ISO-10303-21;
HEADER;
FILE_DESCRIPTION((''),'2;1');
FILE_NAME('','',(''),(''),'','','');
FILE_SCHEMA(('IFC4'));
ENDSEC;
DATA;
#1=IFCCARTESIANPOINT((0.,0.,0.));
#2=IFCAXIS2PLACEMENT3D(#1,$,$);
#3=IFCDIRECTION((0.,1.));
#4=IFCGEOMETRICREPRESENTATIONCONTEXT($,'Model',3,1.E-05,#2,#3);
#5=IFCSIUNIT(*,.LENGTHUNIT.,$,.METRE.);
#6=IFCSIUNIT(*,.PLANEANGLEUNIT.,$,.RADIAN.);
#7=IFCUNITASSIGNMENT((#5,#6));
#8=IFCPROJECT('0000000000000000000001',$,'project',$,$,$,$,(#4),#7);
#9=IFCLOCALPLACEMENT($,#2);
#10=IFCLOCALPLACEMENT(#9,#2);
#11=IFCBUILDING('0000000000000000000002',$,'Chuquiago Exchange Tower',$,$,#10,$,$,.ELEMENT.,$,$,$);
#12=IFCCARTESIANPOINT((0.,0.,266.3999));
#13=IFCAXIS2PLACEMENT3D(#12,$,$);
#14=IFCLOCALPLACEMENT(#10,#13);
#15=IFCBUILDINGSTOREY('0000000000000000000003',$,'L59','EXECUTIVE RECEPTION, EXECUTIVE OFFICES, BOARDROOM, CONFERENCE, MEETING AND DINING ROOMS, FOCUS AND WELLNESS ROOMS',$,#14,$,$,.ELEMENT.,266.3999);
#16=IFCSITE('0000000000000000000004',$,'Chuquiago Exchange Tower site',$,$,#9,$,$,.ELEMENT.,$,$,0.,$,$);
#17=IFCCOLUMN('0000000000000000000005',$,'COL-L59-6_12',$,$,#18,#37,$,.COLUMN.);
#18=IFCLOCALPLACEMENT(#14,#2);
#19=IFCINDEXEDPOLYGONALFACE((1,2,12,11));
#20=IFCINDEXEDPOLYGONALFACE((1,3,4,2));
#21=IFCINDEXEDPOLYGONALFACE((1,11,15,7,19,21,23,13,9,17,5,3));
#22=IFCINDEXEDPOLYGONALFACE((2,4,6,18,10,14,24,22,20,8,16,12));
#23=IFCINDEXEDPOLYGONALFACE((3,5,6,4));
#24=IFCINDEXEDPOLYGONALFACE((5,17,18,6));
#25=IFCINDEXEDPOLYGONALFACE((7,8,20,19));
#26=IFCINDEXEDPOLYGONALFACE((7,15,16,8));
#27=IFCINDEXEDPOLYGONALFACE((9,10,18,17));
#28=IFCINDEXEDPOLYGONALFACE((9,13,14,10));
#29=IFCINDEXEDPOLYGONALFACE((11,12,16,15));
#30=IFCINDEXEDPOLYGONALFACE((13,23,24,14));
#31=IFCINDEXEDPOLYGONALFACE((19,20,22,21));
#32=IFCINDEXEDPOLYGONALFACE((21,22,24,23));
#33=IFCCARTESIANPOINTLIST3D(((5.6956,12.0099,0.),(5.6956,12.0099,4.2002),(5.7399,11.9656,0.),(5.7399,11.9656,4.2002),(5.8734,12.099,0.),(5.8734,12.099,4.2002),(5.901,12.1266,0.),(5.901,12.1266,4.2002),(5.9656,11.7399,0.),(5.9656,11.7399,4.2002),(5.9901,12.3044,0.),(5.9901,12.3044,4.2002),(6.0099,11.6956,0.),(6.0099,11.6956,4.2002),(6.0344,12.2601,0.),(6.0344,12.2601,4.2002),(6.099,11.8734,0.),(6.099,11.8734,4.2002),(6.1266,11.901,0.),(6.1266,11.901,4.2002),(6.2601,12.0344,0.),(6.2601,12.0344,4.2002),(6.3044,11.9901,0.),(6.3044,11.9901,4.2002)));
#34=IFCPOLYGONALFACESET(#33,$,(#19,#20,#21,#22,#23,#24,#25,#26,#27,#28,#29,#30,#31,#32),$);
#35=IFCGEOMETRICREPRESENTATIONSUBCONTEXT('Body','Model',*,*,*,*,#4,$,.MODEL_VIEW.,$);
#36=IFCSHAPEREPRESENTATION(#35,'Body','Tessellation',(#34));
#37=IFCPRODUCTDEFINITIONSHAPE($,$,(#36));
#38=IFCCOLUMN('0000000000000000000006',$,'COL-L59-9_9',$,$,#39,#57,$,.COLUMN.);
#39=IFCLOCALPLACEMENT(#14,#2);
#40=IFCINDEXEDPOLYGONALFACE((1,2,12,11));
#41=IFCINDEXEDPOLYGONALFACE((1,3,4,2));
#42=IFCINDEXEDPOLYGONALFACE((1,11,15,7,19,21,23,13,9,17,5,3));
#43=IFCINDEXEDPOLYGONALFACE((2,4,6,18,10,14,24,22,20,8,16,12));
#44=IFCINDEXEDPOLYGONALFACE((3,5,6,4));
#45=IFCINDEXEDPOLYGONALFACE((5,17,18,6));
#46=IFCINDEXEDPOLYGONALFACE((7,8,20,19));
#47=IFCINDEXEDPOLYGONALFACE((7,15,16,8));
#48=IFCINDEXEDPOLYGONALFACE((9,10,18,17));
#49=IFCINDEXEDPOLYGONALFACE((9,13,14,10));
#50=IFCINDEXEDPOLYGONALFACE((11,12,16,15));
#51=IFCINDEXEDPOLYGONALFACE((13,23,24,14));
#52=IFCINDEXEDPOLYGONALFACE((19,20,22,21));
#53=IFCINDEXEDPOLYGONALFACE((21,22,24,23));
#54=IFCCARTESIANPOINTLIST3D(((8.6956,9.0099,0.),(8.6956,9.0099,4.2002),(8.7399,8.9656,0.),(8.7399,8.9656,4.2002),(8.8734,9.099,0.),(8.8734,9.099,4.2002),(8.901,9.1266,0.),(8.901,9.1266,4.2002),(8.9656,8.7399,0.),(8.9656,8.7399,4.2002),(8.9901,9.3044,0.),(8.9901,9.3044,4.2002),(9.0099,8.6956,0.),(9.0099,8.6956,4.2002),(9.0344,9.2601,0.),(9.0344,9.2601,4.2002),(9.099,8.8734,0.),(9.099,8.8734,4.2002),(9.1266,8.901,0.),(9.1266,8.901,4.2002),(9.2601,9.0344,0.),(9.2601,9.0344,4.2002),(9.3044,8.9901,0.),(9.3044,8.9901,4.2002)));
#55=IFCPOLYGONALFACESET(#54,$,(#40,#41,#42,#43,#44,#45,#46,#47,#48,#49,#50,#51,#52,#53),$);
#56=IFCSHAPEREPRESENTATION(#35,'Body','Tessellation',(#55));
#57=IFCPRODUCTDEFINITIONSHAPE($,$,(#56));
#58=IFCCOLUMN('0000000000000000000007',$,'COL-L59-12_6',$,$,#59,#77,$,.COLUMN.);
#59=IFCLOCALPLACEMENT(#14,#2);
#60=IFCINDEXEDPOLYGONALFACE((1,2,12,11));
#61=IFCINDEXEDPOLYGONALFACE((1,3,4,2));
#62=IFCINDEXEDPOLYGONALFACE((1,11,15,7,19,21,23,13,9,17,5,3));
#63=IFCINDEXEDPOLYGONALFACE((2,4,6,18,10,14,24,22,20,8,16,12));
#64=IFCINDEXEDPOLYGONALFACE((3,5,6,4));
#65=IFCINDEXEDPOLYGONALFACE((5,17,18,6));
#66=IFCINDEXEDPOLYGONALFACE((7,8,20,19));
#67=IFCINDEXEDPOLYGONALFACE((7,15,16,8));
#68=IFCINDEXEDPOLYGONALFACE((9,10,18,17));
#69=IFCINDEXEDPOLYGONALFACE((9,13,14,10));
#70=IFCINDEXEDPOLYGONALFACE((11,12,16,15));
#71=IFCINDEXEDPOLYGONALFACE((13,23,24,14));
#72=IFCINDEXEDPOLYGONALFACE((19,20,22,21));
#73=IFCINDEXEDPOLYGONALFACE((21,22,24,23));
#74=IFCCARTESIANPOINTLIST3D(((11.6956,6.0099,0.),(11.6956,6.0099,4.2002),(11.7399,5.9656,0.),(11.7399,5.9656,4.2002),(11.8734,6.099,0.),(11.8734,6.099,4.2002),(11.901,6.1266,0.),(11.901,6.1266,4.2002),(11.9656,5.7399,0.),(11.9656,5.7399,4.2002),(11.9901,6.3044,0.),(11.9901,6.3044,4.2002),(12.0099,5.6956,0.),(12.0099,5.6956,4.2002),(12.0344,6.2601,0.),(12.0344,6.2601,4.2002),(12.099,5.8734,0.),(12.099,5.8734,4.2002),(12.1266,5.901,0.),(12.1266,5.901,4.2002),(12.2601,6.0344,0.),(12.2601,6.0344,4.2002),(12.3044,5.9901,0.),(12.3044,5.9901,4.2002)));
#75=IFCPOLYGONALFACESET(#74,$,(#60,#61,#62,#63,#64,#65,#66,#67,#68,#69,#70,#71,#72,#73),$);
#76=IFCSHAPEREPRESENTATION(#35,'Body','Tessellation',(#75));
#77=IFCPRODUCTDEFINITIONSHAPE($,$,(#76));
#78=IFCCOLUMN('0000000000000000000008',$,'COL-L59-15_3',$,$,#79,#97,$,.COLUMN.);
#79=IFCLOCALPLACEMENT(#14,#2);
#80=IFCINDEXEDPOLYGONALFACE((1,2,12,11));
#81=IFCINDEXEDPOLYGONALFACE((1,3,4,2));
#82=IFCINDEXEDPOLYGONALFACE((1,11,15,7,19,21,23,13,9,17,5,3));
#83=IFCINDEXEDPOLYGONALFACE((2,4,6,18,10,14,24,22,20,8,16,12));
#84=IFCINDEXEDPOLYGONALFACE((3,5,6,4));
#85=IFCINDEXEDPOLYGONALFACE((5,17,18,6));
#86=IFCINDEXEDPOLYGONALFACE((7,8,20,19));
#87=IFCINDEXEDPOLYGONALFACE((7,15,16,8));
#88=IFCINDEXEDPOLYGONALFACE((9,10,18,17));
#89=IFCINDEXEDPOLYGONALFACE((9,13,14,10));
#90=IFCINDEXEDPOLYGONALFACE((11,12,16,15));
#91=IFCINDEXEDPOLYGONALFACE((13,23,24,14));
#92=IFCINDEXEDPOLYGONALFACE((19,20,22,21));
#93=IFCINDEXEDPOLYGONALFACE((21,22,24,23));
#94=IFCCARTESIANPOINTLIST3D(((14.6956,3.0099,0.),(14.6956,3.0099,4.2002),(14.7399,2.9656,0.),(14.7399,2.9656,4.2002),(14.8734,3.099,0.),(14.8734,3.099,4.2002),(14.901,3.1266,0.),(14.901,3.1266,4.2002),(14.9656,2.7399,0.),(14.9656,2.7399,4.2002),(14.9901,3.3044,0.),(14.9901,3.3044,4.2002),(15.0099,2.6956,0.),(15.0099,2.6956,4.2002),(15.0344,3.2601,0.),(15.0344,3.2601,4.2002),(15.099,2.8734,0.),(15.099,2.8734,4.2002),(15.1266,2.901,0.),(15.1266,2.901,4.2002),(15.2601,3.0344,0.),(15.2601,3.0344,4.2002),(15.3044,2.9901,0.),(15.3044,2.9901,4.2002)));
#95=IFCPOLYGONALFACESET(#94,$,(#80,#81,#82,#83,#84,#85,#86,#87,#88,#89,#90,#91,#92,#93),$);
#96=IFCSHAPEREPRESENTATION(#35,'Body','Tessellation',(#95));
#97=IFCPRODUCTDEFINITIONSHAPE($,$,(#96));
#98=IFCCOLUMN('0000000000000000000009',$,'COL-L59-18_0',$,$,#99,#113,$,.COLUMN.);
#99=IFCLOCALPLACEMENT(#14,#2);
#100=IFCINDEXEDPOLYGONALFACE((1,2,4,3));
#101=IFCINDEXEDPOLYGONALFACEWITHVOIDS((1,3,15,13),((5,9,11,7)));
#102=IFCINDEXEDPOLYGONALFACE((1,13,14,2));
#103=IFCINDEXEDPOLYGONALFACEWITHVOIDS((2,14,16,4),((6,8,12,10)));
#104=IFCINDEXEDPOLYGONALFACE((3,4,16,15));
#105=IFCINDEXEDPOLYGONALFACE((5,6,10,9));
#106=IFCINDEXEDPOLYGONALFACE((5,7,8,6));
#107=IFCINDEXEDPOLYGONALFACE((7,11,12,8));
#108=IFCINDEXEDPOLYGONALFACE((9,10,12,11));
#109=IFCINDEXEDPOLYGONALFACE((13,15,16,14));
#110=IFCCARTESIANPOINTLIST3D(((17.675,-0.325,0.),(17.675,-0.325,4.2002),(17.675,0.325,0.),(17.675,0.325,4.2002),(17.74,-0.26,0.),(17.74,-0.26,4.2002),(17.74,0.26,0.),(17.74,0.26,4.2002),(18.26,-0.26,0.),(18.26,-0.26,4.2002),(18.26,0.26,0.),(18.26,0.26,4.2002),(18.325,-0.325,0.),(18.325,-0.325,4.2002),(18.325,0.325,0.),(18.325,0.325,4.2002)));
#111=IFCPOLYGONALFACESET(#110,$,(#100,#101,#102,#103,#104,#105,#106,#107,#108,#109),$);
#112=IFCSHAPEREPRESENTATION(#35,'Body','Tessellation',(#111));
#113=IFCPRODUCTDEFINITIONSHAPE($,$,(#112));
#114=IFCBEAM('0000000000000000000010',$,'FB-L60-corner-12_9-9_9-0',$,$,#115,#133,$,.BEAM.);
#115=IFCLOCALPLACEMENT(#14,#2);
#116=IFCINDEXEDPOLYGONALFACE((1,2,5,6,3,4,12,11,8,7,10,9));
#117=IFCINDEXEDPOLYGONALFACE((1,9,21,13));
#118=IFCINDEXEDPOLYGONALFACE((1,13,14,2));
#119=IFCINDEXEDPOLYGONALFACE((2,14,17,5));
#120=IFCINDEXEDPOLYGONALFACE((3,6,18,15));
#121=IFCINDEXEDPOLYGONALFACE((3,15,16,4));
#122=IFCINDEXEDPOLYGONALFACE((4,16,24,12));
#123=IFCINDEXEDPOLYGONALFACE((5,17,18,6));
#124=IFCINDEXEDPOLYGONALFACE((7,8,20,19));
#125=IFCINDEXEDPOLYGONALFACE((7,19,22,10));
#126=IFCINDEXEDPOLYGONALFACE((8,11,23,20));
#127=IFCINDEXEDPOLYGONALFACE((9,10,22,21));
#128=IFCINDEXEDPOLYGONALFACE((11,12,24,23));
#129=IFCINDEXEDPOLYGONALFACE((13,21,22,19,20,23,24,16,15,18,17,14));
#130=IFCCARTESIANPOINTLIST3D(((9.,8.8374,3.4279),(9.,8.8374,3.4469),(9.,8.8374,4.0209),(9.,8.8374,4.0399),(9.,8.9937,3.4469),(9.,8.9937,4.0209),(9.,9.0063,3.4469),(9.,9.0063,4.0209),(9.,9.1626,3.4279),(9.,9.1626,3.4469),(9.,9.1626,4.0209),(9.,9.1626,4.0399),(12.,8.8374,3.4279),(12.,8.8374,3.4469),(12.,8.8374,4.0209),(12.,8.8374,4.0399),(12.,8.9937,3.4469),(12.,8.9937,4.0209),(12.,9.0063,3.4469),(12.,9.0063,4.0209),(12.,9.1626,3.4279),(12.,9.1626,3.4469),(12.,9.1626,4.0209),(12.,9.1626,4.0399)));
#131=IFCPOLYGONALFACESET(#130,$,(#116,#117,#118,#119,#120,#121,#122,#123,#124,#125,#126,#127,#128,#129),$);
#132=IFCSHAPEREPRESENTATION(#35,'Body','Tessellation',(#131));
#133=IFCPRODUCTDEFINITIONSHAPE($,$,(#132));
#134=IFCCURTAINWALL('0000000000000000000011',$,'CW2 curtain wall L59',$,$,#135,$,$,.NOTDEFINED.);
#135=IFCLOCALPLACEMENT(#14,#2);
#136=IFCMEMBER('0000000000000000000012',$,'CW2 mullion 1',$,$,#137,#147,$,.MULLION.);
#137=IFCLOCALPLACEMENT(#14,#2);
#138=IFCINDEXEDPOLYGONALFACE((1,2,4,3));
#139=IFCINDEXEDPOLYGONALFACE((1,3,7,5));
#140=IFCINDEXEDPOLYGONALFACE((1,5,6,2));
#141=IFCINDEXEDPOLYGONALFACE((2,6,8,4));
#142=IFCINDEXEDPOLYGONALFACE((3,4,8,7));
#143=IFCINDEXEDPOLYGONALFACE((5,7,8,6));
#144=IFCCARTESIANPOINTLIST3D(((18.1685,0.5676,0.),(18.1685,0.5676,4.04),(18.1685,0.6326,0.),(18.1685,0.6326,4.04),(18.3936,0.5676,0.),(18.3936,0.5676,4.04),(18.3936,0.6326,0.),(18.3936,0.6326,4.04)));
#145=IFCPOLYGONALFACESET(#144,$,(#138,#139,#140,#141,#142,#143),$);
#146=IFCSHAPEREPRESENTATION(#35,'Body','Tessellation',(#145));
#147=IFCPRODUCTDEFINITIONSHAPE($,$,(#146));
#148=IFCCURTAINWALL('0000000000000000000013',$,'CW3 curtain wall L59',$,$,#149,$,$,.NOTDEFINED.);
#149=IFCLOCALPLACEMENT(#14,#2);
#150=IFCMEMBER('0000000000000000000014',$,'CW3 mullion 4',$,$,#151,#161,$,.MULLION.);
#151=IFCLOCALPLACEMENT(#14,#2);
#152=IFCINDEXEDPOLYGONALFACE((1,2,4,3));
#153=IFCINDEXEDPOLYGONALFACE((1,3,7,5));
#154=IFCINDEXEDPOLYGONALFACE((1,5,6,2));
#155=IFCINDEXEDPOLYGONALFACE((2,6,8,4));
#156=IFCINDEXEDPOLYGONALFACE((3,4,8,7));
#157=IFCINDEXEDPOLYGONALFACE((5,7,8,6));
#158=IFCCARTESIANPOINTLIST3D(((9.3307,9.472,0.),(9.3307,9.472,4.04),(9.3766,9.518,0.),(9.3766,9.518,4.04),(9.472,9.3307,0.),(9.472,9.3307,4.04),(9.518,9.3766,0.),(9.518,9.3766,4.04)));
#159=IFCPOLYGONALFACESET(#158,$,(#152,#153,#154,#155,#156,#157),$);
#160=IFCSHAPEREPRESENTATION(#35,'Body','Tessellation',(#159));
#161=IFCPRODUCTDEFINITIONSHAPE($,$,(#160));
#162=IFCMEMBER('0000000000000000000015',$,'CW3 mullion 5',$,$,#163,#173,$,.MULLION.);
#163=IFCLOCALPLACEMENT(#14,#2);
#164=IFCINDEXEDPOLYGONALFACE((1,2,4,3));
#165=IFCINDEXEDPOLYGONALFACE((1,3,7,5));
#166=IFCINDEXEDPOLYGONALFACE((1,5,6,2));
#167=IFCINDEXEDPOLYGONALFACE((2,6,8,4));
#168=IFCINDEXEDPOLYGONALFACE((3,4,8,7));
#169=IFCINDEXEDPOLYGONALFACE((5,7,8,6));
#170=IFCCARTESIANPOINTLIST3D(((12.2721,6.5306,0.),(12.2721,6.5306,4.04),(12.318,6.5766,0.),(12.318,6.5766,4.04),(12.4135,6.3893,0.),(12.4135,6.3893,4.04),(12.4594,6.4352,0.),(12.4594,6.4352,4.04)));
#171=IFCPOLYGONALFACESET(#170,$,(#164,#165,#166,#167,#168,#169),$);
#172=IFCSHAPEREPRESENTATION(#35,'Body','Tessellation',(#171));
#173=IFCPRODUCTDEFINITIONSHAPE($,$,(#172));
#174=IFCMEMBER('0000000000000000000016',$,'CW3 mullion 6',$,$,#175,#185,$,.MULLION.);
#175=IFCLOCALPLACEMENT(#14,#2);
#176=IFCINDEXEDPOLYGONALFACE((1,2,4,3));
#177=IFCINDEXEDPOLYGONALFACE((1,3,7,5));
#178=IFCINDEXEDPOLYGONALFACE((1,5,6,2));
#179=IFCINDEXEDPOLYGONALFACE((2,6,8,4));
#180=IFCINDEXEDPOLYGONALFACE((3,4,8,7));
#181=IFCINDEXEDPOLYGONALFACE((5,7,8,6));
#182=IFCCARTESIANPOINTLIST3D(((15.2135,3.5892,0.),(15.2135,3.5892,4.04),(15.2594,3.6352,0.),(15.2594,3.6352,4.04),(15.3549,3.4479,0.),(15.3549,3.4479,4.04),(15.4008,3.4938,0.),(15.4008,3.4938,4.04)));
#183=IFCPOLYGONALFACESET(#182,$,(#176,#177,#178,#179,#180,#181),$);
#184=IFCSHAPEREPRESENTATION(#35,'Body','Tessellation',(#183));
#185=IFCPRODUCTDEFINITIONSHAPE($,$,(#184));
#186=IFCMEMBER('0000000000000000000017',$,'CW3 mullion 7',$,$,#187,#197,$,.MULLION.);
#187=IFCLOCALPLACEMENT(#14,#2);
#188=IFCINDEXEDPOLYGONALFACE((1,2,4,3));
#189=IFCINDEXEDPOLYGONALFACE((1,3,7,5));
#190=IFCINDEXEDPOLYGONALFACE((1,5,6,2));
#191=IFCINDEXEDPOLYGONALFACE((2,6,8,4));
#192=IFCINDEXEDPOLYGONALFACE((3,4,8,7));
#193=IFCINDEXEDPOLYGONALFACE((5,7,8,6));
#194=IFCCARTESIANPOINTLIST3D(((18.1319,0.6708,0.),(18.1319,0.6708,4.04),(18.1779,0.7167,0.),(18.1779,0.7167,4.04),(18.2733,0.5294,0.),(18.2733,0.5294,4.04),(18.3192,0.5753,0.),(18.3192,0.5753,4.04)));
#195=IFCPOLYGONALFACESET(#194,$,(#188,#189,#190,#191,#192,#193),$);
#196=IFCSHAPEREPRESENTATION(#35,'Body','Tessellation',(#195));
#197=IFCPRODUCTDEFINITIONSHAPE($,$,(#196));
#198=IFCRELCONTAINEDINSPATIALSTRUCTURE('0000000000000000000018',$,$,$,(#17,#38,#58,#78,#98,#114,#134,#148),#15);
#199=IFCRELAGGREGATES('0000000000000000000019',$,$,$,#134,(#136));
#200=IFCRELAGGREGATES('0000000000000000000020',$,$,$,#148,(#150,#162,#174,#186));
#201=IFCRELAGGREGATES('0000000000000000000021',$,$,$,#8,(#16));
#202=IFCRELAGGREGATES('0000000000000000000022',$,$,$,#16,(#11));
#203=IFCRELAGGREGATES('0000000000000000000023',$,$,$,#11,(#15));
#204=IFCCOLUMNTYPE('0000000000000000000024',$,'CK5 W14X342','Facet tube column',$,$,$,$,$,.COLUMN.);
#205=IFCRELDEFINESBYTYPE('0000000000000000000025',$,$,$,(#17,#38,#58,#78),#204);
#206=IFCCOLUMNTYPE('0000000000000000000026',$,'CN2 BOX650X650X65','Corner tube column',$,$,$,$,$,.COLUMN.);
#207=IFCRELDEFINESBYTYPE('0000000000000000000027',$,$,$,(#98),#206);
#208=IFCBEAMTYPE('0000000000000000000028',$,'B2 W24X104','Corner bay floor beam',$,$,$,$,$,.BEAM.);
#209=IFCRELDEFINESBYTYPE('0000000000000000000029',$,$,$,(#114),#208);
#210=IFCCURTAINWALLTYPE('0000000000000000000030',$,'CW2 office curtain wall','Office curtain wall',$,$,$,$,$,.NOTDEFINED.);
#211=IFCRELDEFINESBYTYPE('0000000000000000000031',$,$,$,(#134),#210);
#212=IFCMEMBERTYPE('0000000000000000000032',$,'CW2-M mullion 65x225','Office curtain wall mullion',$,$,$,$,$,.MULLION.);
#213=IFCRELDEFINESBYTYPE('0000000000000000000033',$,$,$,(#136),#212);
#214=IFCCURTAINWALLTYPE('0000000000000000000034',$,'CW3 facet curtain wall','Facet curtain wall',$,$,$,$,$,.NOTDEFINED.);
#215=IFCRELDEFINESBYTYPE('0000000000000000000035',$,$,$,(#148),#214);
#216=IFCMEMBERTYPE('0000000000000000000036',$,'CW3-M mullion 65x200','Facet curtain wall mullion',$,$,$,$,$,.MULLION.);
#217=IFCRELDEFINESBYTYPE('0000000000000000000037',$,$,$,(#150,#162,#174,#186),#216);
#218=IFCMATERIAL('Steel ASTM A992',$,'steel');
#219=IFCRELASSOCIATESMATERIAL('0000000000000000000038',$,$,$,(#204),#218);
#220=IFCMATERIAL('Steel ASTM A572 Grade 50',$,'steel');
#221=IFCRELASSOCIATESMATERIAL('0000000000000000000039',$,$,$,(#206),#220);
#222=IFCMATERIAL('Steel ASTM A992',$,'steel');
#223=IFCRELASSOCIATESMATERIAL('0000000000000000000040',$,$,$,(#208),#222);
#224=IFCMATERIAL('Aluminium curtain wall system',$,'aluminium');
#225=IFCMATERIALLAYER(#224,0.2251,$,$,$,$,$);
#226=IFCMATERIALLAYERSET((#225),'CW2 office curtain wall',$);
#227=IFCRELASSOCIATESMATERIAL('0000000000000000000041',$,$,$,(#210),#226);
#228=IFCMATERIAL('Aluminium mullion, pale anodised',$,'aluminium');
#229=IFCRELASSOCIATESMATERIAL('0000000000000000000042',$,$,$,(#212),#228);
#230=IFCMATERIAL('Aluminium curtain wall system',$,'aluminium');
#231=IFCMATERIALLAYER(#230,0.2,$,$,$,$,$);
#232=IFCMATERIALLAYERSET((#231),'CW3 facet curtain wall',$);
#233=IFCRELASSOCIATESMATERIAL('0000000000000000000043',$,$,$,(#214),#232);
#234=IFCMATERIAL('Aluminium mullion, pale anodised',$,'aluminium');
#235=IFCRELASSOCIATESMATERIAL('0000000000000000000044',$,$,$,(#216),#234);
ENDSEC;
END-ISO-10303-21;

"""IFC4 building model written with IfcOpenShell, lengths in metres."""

from ifc_helpers import new_model, si_unit, direction, frame, origin, origin_2d, place, context, subcontext, project, spatial, rectangle, hollow_rectangle, i_section, extrude, material, layer, layer_set, material_profile, profile_set, type_object, element, aggregate, save


model = new_model("IFC4")

# Units and contexts
model_context = context("Model", 3, precision=1e-05, world=origin(), true_north=direction((0.0, 1.0)))
body_context = subcontext(model_context, "Body", "Model", "MODEL_VIEW")
ifc_project = project(units=[si_unit("LENGTHUNIT", "METRE"), si_unit("PLANEANGLEUNIT", "RADIAN")], contexts=[model_context])

# Site, building, storey
site_placement = place(None, origin())
site = spatial("IfcSite", under=ifc_project, at=site_placement, Name="Chuquiago Exchange Tower site", CompositionType="ELEMENT", RefElevation=0.0)
building_placement = place(site_placement, origin())
building = spatial("IfcBuilding", under=site, at=building_placement, Name="Chuquiago Exchange Tower", CompositionType="ELEMENT")
storey_placement = place(building_placement, frame((0.0, 0.0, 266.3999)))
storey = spatial("IfcBuildingStorey", under=building, at=storey_placement, Name="L59", Description="EXECUTIVE RECEPTION, EXECUTIVE OFFICES, BOARDROOM, CONFERENCE, MEETING AND DINING ROOMS, FOCUS AND WELLNESS ROOMS", CompositionType="ELEMENT", Elevation=266.3999)

# Columns
ifc_material_1 = material(Name="Steel ASTM A992", Category="steel")
ifc_material_profile_1 = material_profile(ifc_material_1, i_section(OverallWidth=0.4165, OverallDepth=0.4446, WebThickness=0.0391, FlangeThickness=0.0627, at=origin_2d()), Name="W14X342")
ifc_profile_set_1 = profile_set([ifc_material_profile_1], Name="Steel ASTM A992")
column_type_1 = type_object("IfcColumnType", Name="CK5 W14X342", Description="Facet tube column", PredefinedType="COLUMN", material=ifc_profile_set_1)
for number, where, z_axis, x_axis, name in (
    (1, (6.0, 12.0, 0.0), (0.0, 0.0, 1.0), (-0.707107, -0.707107, 0.0), "COL-L59-6_12"),
    (2, (9.0, 9.0, 0.0), (0.0, 0.0, 1.0), (-0.707107, -0.707107, 0.0), "COL-L59-9_9"),
    (3, (12.0, 6.0, 0.0), (0.0, 0.0, 1.0), (-0.707107, -0.707107, 0.0), "COL-L59-12_6"),
    (4, (15.0, 3.0, 0.0), (0.0, 0.0, 1.0), (-0.707107, -0.707107, 0.0), "COL-L59-15_3"),
):
    element("IfcColumn", number, at=place(storey_placement, frame(where, z_axis=z_axis, x_axis=x_axis)), inside=storey, type_object=column_type_1, Name=name, PredefinedType="COLUMN", context=body_context, shape_type="SweptSolid", body=[
        extrude(i_section(OverallWidth=0.4165, OverallDepth=0.4446, WebThickness=0.0391, FlangeThickness=0.0627, at=origin_2d()), origin(), (0.0, 0.0, 1.0), 4.2002),
    ])
ifc_material_2 = material(Name="Steel ASTM A572 Grade 50", Category="steel")
ifc_material_profile_2 = material_profile(ifc_material_2, hollow_rectangle(XDim=0.6499, YDim=0.6499, WallThickness=0.0649, at=origin_2d()), Name="BOX650X650X65")
ifc_profile_set_2 = profile_set([ifc_material_profile_2], Name="Steel ASTM A572 Grade 50")
column_type_2 = type_object("IfcColumnType", Name="CN2 BOX650X650X65", Description="Corner tube column", PredefinedType="COLUMN", material=ifc_profile_set_2)
column_placement = place(storey_placement, frame((18.0, 0.0, 0.0), z_axis=(0.0, 0.0, 1.0), x_axis=(0.0, -1.0, 0.0)))
element("IfcColumn", 5, at=column_placement, inside=storey, type_object=column_type_2, Name="COL-L59-18_0", PredefinedType="COLUMN", context=body_context, shape_type="SweptSolid", body=[
    extrude(hollow_rectangle(XDim=0.6499, YDim=0.6499, WallThickness=0.0649, at=origin_2d()), origin(), (0.0, 0.0, 1.0), 4.2002),
])

# Beam
ifc_material_3 = material(Name="Steel ASTM A992", Category="steel")
ifc_material_profile_3 = material_profile(ifc_material_3, i_section(OverallWidth=0.3252, OverallDepth=0.6121, WebThickness=0.0127, FlangeThickness=0.019, at=origin_2d()), Name="W24X104")
ifc_profile_set_3 = profile_set([ifc_material_profile_3], Name="Steel ASTM A992")
beam_type_1 = type_object("IfcBeamType", Name="B2 W24X104", Description="Corner bay floor beam", PredefinedType="BEAM", material=ifc_profile_set_3)
beam_1_placement = place(storey_placement, frame((12.0, 9.0, 3.7339), z_axis=(-1.0, 0.0, 0.0), x_axis=(0.0, -1.0, 0.0)))
element("IfcBeam", 6, at=beam_1_placement, inside=storey, type_object=beam_type_1, Name="FB-L60-corner-12_9-9_9-0", PredefinedType="BEAM", context=body_context, shape_type="SweptSolid", body=[
    extrude(i_section(OverallWidth=0.3252, OverallDepth=0.6121, WebThickness=0.0127, FlangeThickness=0.019, at=origin_2d()), origin(), (0.0, 0.0, 1.0), 3.0),
])

# Curtain wall, member
ifc_material_4 = material(Name="Aluminium curtain wall system", Category="aluminium")
ifc_layer_1 = layer(ifc_material_4, 0.2251)
ifc_layer_set_1 = layer_set([ifc_layer_1], Name="CW2 office curtain wall")
curtain_wall_type_1 = type_object("IfcCurtainWallType", Name="CW2 office curtain wall", Description="Office curtain wall", PredefinedType="NOTDEFINED", material=ifc_layer_set_1)
curtain_wall_1_placement = place(storey_placement, origin())
curtain_wall_1 = element("IfcCurtainWall", 7, at=curtain_wall_1_placement, inside=storey, type_object=curtain_wall_type_1, Name="CW2 curtain wall L59", PredefinedType="NOTDEFINED")
ifc_material_5 = material(Name="Aluminium mullion, pale anodised", Category="aluminium")
ifc_material_profile_4 = material_profile(ifc_material_5, rectangle(XDim=0.0649, YDim=0.2251, at=origin_2d()), Name="AL 65x225")
ifc_profile_set_4 = profile_set([ifc_material_profile_4], Name="Aluminium mullion, pale anodised")
member_type_1 = type_object("IfcMemberType", Name="CW2-M mullion 65x225", Description="Office curtain wall mullion", PredefinedType="MULLION", material=ifc_profile_set_4)
member_1_placement = place(storey_placement, frame((18.281, 0.6001, 0.0), z_axis=(0.0, 0.0, 1.0), x_axis=(0.0, 1.0, 0.0)))
member_1 = element("IfcMember", 8, at=member_1_placement, type_object=member_type_1, Name="CW2 mullion 1", PredefinedType="MULLION", context=body_context, shape_type="SweptSolid", body=[
    extrude(rectangle(XDim=0.0649, YDim=0.2251, at=origin_2d()), origin(), (0.0, 0.0, 1.0), 4.04),
])
aggregate(curtain_wall_1, [member_1])

# Curtain wall, members
ifc_material_6 = material(Name="Aluminium curtain wall system", Category="aluminium")
ifc_layer_2 = layer(ifc_material_6, 0.2)
ifc_layer_set_2 = layer_set([ifc_layer_2], Name="CW3 facet curtain wall")
curtain_wall_type_2 = type_object("IfcCurtainWallType", Name="CW3 facet curtain wall", Description="Facet curtain wall", PredefinedType="NOTDEFINED", material=ifc_layer_set_2)
curtain_wall_2_placement = place(storey_placement, origin())
curtain_wall_2 = element("IfcCurtainWall", 9, at=curtain_wall_2_placement, inside=storey, type_object=curtain_wall_type_2, Name="CW3 curtain wall L59", PredefinedType="NOTDEFINED")
ifc_material_7 = material(Name="Aluminium mullion, pale anodised", Category="aluminium")
ifc_material_profile_5 = material_profile(ifc_material_7, rectangle(XDim=0.0649, YDim=0.2, at=origin_2d()), Name="AL 65x200")
ifc_profile_set_5 = profile_set([ifc_material_profile_5], Name="Aluminium mullion, pale anodised")
member_type_2 = type_object("IfcMemberType", Name="CW3-M mullion 65x200", Description="Facet curtain wall mullion", PredefinedType="MULLION", material=ifc_profile_set_5)
member_2_placement = place(storey_placement, frame((9.4243, 9.4243, 0.0), z_axis=(0.0, 0.0, 1.0), x_axis=(0.707107, 0.707107, 0.0)))
member_2 = element("IfcMember", 10, at=member_2_placement, type_object=member_type_2, Name="CW3 mullion 4", PredefinedType="MULLION", context=body_context, shape_type="SweptSolid", body=[
    extrude(rectangle(XDim=0.0649, YDim=0.2, at=origin_2d()), origin(), (0.0, 0.0, 1.0), 4.04),
])
member_3_placement = place(storey_placement, frame((12.3657, 6.4829, 0.0), z_axis=(0.0, 0.0, 1.0), x_axis=(0.707107, 0.707107, 0.0)))
member_3 = element("IfcMember", 11, at=member_3_placement, type_object=member_type_2, Name="CW3 mullion 5", PredefinedType="MULLION", context=body_context, shape_type="SweptSolid", body=[
    extrude(rectangle(XDim=0.0649, YDim=0.2, at=origin_2d()), origin(), (0.0, 0.0, 1.0), 4.04),
])
member_4_placement = place(storey_placement, frame((15.3071, 3.5415, 0.0), z_axis=(0.0, 0.0, 1.0), x_axis=(0.707107, 0.707107, 0.0)))
member_4 = element("IfcMember", 12, at=member_4_placement, type_object=member_type_2, Name="CW3 mullion 6", PredefinedType="MULLION", context=body_context, shape_type="SweptSolid", body=[
    extrude(rectangle(XDim=0.0649, YDim=0.2, at=origin_2d()), origin(), (0.0, 0.0, 1.0), 4.04),
])
member_5_placement = place(storey_placement, frame((18.2256, 0.623, 0.0), z_axis=(0.0, 0.0, 1.0), x_axis=(0.707107, 0.707107, 0.0)))
member_5 = element("IfcMember", 13, at=member_5_placement, type_object=member_type_2, Name="CW3 mullion 7", PredefinedType="MULLION", context=body_context, shape_type="SweptSolid", body=[
    extrude(rectangle(XDim=0.0649, YDim=0.2, at=origin_2d()), origin(), (0.0, 0.0, 1.0), 4.04),
])

aggregate(curtain_wall_2, [member_2, member_3, member_4, member_5])

save(model, "model.ifc")
